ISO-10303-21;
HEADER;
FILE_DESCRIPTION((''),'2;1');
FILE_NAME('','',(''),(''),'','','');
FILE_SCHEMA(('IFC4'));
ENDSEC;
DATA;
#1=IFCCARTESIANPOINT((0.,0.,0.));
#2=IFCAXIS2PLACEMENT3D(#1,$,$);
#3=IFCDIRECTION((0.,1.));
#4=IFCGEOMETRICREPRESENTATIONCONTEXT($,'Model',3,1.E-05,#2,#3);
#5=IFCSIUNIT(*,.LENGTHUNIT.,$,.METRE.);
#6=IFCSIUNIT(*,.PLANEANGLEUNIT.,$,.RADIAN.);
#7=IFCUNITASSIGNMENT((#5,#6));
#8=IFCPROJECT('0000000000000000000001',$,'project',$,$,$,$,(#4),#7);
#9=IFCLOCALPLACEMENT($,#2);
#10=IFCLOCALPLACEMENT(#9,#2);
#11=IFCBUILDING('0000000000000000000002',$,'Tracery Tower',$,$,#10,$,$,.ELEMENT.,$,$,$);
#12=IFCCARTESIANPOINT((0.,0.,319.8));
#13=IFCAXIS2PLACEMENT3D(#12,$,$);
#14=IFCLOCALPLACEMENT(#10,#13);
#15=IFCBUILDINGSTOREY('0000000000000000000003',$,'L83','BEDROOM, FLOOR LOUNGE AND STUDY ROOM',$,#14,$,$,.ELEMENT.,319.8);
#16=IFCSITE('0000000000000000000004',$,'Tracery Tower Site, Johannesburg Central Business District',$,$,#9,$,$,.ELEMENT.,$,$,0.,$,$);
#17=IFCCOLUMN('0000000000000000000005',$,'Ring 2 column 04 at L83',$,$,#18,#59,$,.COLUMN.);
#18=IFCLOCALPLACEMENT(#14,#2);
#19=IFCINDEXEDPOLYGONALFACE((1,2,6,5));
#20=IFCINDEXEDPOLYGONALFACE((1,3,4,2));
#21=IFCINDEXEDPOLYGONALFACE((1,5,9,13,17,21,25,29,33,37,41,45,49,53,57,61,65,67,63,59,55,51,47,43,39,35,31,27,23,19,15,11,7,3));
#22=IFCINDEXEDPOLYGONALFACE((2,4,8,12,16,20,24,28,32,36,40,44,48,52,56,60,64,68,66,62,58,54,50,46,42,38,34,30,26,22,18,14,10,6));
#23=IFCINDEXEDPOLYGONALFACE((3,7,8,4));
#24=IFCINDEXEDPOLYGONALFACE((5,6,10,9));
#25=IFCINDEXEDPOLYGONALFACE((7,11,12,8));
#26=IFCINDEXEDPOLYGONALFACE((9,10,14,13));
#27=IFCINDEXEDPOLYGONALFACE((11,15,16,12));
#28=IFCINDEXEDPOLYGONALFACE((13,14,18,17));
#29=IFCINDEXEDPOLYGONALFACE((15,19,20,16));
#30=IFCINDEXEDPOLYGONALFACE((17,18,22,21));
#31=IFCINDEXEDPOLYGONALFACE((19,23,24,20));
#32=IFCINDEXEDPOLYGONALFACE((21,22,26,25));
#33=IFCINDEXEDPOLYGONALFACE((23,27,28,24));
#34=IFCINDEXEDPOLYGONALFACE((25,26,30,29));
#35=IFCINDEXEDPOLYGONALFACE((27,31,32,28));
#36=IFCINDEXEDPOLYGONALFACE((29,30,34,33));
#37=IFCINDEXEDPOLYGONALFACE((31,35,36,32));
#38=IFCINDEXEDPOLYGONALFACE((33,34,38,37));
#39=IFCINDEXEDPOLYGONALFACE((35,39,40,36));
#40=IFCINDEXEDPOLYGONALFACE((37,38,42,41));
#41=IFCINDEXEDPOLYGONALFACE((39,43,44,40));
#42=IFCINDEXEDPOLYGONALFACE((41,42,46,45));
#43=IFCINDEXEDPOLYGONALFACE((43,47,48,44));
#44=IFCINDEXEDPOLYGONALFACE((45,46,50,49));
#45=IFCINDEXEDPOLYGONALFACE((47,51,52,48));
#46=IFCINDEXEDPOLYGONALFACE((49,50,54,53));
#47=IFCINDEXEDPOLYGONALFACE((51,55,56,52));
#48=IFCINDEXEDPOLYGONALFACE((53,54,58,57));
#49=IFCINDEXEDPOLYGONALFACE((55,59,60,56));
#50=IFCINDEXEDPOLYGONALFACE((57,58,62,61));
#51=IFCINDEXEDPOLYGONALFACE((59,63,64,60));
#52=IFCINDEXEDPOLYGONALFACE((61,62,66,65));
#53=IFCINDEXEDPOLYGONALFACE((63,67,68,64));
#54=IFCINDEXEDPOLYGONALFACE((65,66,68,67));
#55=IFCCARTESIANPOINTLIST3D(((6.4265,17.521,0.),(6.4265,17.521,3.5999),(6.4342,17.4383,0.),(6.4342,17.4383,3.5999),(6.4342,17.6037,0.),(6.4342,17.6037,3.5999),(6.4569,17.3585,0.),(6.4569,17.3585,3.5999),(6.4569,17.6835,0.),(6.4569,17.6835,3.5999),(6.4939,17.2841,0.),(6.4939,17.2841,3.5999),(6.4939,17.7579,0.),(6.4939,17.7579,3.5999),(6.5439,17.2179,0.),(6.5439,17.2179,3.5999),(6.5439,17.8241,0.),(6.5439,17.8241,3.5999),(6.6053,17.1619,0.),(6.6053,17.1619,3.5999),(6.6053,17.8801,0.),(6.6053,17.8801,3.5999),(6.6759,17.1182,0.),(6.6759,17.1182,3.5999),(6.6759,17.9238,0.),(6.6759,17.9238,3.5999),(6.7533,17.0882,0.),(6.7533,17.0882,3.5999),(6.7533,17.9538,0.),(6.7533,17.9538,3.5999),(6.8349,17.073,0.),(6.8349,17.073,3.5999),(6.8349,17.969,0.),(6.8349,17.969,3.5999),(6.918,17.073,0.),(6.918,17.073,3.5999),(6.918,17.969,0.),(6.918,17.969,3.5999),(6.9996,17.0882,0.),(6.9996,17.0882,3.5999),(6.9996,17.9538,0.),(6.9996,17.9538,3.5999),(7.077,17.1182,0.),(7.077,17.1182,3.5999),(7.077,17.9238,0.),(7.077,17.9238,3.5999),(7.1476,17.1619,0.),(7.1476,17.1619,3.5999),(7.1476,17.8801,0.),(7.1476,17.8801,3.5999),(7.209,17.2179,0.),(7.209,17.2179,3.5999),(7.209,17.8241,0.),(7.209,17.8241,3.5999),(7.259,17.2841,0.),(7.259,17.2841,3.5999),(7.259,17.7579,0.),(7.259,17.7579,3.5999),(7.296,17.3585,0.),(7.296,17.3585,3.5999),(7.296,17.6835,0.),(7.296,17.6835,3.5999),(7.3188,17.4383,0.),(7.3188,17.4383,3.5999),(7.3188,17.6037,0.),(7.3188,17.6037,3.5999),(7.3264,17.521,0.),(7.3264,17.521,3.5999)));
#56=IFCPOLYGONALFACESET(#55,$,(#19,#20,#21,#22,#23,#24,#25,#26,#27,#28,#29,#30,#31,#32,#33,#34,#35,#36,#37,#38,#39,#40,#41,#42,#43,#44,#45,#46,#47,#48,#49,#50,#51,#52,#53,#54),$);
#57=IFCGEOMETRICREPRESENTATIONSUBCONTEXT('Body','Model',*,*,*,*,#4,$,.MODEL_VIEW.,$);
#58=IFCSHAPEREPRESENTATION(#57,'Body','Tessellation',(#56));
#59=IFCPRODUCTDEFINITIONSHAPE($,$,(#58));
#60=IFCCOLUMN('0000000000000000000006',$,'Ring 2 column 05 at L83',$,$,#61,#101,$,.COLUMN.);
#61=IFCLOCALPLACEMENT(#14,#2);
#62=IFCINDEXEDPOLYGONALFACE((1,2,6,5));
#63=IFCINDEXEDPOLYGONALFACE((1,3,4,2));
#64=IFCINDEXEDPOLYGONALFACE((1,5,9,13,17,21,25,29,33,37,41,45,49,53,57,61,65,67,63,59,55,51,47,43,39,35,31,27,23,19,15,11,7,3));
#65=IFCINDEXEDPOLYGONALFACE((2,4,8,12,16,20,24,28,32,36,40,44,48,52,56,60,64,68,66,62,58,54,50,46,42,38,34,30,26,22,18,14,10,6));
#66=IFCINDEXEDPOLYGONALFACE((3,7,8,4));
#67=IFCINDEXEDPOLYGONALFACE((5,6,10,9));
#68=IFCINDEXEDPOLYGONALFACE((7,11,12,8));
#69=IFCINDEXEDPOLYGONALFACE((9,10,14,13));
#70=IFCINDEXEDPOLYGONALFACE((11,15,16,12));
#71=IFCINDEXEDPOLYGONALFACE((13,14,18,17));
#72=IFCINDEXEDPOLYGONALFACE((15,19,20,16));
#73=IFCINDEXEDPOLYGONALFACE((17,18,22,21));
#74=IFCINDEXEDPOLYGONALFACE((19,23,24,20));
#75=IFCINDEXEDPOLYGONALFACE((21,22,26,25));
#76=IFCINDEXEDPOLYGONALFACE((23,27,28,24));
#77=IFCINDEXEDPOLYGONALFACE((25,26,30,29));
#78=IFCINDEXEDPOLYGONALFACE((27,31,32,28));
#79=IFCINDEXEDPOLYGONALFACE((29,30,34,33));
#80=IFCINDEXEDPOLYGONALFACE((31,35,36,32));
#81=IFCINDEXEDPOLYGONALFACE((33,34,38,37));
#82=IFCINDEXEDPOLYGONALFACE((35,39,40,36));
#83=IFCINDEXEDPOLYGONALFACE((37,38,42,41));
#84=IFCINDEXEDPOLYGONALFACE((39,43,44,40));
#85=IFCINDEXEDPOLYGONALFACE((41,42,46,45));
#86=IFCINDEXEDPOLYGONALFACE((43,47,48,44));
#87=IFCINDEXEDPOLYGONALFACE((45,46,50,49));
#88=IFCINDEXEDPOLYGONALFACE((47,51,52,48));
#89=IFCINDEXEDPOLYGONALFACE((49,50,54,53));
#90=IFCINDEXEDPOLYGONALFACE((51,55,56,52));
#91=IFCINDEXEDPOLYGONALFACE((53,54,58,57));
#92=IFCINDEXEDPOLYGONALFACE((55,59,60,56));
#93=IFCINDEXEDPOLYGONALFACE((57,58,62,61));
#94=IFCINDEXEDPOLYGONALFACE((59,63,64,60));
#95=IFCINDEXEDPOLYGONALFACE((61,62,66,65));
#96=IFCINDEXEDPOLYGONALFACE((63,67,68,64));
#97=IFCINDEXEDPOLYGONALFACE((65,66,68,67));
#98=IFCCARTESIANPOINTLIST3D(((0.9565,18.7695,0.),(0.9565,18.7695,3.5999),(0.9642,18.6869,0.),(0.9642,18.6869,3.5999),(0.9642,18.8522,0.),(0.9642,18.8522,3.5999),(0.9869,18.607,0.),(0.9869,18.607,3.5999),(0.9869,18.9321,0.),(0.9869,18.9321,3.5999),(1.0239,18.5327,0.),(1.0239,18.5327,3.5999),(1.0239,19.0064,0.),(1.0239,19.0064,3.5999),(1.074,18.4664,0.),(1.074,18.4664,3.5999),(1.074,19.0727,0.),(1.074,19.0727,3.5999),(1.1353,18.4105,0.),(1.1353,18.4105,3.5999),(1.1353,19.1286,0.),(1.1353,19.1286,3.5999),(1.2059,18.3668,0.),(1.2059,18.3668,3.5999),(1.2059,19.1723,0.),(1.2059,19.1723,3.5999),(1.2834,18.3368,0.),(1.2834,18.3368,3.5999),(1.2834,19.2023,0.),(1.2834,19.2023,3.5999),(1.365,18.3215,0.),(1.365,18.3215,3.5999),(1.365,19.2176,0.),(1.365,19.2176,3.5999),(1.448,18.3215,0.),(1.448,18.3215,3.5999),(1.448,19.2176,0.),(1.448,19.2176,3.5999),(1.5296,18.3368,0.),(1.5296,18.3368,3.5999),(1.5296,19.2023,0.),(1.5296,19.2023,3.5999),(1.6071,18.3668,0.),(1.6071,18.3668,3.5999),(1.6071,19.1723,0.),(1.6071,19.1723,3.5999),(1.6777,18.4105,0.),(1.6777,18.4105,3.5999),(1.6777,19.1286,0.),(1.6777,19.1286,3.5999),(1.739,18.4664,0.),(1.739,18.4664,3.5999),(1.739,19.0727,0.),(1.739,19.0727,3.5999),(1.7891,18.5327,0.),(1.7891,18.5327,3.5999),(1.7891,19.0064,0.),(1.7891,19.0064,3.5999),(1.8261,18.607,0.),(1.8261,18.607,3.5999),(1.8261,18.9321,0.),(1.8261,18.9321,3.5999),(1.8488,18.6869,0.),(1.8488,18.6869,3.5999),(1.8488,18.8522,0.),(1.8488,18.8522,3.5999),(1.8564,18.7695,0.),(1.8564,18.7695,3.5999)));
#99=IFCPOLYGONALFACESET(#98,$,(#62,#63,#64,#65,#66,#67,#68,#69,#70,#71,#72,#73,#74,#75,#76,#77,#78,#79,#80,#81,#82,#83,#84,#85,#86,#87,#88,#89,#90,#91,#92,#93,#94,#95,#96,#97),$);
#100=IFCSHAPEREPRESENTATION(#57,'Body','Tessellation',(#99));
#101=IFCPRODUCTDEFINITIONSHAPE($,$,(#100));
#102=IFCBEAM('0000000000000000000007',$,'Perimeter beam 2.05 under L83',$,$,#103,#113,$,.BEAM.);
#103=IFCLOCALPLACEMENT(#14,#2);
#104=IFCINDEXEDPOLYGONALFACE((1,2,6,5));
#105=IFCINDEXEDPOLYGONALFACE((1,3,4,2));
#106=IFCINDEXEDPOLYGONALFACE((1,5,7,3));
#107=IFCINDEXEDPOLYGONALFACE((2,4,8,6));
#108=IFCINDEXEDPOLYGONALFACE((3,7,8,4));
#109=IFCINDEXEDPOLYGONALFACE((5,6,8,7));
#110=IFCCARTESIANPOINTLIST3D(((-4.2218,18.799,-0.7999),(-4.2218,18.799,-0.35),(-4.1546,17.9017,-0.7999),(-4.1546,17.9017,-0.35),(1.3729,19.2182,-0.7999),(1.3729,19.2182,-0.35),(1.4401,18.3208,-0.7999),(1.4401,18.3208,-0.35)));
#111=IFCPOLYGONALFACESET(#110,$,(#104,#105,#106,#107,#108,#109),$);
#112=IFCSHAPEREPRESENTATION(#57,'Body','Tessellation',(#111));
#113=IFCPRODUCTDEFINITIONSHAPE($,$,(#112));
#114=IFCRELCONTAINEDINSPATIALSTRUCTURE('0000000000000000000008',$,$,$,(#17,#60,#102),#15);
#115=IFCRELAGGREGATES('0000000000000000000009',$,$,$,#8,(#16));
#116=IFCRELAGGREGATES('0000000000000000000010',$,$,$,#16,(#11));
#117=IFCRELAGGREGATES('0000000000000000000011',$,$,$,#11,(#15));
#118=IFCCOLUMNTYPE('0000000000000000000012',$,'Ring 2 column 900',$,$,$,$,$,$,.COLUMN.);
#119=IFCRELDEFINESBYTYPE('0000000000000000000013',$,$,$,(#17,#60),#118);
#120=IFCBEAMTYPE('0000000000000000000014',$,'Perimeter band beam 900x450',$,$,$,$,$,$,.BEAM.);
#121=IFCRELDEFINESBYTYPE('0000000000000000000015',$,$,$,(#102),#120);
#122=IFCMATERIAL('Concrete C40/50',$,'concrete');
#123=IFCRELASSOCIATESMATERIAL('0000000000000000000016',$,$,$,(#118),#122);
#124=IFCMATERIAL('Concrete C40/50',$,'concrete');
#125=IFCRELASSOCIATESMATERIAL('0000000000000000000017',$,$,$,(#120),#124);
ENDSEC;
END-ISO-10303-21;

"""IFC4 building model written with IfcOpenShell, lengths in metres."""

from ifc_helpers import new_model, si_unit, direction, frame, origin, origin_2d, place, context, subcontext, project, spatial, rectangle, circle, extrude, material, material_profile, profile_set, type_object, element, save


model = new_model("IFC4")

# Units and contexts
model_context = context("Model", 3, precision=1e-05, world=origin(), true_north=direction((0.0, 1.0)))
body_context = subcontext(model_context, "Body", "Model", "MODEL_VIEW")
ifc_project = project(units=[si_unit("LENGTHUNIT", "METRE"), si_unit("PLANEANGLEUNIT", "RADIAN")], contexts=[model_context])

# Site, building, storey
site_placement = place(None, origin())
site = spatial("IfcSite", under=ifc_project, at=site_placement, Name="Tracery Tower Site, Johannesburg Central Business District", CompositionType="ELEMENT", RefElevation=0.0)
building_placement = place(site_placement, origin())
building = spatial("IfcBuilding", under=site, at=building_placement, Name="Tracery Tower", CompositionType="ELEMENT")
storey_placement = place(building_placement, frame((0.0, 0.0, 319.8)))
storey = spatial("IfcBuildingStorey", under=building, at=storey_placement, Name="L83", Description="BEDROOM, FLOOR LOUNGE AND STUDY ROOM", CompositionType="ELEMENT", Elevation=319.8)

# Columns
ifc_material_1 = material(Name="Concrete C40/50", Category="concrete")
ifc_material_profile_1 = material_profile(ifc_material_1, circle(Radius=0.45, at=origin_2d()), Name="RC D900")
ifc_profile_set_1 = profile_set([ifc_material_profile_1], Name="Concrete C40/50")
column_type = type_object("IfcColumnType", Name="Ring 2 column 900", PredefinedType="COLUMN", material=ifc_profile_set_1)
for number, where, z_axis, x_axis, name in (
    (1, (6.8765, 17.521, 0.0), (0.0, 0.0, 1.0), (1.0, 0.0, 0.0), "Ring 2 column 04 at L83"),
    (2, (1.4065, 18.7695, 0.0), (0.0, 0.0, 1.0), (1.0, 0.0, 0.0), "Ring 2 column 05 at L83"),
):
    element("IfcColumn", number, at=place(storey_placement, frame(where, z_axis=z_axis, x_axis=x_axis)), inside=storey, type_object=column_type, Name=name, PredefinedType="COLUMN", context=body_context, shape_type="SweptSolid", body=[
        extrude(circle(Radius=0.45, at=origin_2d()), origin(), (0.0, 0.0, 1.0), 3.5999),
    ])

# Beam
ifc_material_2 = material(Name="Concrete C40/50", Category="concrete")
ifc_material_profile_2 = material_profile(ifc_material_2, rectangle(XDim=0.8999, YDim=0.45, at=origin_2d()), Name="RC 900x450")
ifc_profile_set_2 = profile_set([ifc_material_profile_2], Name="Concrete C40/50")
beam_type = type_object("IfcBeamType", Name="Perimeter band beam 900x450", PredefinedType="BEAM", material=ifc_profile_set_2)
beam_placement = place(storey_placement, frame((1.4065, 18.7695, -0.575), z_axis=(-0.997205, -0.074716, 0.0), x_axis=(0.074716, -0.997205, 0.0)))
element("IfcBeam", 3, at=beam_placement, inside=storey, type_object=beam_type, Name="Perimeter beam 2.05 under L83", PredefinedType="BEAM", context=body_context, shape_type="SweptSolid", body=[
    extrude(rectangle(XDim=0.8999, YDim=0.45, at=origin_2d()), origin(), (0.0, 0.0, 1.0), 5.6104),
])

save(model, "model.ifc")
